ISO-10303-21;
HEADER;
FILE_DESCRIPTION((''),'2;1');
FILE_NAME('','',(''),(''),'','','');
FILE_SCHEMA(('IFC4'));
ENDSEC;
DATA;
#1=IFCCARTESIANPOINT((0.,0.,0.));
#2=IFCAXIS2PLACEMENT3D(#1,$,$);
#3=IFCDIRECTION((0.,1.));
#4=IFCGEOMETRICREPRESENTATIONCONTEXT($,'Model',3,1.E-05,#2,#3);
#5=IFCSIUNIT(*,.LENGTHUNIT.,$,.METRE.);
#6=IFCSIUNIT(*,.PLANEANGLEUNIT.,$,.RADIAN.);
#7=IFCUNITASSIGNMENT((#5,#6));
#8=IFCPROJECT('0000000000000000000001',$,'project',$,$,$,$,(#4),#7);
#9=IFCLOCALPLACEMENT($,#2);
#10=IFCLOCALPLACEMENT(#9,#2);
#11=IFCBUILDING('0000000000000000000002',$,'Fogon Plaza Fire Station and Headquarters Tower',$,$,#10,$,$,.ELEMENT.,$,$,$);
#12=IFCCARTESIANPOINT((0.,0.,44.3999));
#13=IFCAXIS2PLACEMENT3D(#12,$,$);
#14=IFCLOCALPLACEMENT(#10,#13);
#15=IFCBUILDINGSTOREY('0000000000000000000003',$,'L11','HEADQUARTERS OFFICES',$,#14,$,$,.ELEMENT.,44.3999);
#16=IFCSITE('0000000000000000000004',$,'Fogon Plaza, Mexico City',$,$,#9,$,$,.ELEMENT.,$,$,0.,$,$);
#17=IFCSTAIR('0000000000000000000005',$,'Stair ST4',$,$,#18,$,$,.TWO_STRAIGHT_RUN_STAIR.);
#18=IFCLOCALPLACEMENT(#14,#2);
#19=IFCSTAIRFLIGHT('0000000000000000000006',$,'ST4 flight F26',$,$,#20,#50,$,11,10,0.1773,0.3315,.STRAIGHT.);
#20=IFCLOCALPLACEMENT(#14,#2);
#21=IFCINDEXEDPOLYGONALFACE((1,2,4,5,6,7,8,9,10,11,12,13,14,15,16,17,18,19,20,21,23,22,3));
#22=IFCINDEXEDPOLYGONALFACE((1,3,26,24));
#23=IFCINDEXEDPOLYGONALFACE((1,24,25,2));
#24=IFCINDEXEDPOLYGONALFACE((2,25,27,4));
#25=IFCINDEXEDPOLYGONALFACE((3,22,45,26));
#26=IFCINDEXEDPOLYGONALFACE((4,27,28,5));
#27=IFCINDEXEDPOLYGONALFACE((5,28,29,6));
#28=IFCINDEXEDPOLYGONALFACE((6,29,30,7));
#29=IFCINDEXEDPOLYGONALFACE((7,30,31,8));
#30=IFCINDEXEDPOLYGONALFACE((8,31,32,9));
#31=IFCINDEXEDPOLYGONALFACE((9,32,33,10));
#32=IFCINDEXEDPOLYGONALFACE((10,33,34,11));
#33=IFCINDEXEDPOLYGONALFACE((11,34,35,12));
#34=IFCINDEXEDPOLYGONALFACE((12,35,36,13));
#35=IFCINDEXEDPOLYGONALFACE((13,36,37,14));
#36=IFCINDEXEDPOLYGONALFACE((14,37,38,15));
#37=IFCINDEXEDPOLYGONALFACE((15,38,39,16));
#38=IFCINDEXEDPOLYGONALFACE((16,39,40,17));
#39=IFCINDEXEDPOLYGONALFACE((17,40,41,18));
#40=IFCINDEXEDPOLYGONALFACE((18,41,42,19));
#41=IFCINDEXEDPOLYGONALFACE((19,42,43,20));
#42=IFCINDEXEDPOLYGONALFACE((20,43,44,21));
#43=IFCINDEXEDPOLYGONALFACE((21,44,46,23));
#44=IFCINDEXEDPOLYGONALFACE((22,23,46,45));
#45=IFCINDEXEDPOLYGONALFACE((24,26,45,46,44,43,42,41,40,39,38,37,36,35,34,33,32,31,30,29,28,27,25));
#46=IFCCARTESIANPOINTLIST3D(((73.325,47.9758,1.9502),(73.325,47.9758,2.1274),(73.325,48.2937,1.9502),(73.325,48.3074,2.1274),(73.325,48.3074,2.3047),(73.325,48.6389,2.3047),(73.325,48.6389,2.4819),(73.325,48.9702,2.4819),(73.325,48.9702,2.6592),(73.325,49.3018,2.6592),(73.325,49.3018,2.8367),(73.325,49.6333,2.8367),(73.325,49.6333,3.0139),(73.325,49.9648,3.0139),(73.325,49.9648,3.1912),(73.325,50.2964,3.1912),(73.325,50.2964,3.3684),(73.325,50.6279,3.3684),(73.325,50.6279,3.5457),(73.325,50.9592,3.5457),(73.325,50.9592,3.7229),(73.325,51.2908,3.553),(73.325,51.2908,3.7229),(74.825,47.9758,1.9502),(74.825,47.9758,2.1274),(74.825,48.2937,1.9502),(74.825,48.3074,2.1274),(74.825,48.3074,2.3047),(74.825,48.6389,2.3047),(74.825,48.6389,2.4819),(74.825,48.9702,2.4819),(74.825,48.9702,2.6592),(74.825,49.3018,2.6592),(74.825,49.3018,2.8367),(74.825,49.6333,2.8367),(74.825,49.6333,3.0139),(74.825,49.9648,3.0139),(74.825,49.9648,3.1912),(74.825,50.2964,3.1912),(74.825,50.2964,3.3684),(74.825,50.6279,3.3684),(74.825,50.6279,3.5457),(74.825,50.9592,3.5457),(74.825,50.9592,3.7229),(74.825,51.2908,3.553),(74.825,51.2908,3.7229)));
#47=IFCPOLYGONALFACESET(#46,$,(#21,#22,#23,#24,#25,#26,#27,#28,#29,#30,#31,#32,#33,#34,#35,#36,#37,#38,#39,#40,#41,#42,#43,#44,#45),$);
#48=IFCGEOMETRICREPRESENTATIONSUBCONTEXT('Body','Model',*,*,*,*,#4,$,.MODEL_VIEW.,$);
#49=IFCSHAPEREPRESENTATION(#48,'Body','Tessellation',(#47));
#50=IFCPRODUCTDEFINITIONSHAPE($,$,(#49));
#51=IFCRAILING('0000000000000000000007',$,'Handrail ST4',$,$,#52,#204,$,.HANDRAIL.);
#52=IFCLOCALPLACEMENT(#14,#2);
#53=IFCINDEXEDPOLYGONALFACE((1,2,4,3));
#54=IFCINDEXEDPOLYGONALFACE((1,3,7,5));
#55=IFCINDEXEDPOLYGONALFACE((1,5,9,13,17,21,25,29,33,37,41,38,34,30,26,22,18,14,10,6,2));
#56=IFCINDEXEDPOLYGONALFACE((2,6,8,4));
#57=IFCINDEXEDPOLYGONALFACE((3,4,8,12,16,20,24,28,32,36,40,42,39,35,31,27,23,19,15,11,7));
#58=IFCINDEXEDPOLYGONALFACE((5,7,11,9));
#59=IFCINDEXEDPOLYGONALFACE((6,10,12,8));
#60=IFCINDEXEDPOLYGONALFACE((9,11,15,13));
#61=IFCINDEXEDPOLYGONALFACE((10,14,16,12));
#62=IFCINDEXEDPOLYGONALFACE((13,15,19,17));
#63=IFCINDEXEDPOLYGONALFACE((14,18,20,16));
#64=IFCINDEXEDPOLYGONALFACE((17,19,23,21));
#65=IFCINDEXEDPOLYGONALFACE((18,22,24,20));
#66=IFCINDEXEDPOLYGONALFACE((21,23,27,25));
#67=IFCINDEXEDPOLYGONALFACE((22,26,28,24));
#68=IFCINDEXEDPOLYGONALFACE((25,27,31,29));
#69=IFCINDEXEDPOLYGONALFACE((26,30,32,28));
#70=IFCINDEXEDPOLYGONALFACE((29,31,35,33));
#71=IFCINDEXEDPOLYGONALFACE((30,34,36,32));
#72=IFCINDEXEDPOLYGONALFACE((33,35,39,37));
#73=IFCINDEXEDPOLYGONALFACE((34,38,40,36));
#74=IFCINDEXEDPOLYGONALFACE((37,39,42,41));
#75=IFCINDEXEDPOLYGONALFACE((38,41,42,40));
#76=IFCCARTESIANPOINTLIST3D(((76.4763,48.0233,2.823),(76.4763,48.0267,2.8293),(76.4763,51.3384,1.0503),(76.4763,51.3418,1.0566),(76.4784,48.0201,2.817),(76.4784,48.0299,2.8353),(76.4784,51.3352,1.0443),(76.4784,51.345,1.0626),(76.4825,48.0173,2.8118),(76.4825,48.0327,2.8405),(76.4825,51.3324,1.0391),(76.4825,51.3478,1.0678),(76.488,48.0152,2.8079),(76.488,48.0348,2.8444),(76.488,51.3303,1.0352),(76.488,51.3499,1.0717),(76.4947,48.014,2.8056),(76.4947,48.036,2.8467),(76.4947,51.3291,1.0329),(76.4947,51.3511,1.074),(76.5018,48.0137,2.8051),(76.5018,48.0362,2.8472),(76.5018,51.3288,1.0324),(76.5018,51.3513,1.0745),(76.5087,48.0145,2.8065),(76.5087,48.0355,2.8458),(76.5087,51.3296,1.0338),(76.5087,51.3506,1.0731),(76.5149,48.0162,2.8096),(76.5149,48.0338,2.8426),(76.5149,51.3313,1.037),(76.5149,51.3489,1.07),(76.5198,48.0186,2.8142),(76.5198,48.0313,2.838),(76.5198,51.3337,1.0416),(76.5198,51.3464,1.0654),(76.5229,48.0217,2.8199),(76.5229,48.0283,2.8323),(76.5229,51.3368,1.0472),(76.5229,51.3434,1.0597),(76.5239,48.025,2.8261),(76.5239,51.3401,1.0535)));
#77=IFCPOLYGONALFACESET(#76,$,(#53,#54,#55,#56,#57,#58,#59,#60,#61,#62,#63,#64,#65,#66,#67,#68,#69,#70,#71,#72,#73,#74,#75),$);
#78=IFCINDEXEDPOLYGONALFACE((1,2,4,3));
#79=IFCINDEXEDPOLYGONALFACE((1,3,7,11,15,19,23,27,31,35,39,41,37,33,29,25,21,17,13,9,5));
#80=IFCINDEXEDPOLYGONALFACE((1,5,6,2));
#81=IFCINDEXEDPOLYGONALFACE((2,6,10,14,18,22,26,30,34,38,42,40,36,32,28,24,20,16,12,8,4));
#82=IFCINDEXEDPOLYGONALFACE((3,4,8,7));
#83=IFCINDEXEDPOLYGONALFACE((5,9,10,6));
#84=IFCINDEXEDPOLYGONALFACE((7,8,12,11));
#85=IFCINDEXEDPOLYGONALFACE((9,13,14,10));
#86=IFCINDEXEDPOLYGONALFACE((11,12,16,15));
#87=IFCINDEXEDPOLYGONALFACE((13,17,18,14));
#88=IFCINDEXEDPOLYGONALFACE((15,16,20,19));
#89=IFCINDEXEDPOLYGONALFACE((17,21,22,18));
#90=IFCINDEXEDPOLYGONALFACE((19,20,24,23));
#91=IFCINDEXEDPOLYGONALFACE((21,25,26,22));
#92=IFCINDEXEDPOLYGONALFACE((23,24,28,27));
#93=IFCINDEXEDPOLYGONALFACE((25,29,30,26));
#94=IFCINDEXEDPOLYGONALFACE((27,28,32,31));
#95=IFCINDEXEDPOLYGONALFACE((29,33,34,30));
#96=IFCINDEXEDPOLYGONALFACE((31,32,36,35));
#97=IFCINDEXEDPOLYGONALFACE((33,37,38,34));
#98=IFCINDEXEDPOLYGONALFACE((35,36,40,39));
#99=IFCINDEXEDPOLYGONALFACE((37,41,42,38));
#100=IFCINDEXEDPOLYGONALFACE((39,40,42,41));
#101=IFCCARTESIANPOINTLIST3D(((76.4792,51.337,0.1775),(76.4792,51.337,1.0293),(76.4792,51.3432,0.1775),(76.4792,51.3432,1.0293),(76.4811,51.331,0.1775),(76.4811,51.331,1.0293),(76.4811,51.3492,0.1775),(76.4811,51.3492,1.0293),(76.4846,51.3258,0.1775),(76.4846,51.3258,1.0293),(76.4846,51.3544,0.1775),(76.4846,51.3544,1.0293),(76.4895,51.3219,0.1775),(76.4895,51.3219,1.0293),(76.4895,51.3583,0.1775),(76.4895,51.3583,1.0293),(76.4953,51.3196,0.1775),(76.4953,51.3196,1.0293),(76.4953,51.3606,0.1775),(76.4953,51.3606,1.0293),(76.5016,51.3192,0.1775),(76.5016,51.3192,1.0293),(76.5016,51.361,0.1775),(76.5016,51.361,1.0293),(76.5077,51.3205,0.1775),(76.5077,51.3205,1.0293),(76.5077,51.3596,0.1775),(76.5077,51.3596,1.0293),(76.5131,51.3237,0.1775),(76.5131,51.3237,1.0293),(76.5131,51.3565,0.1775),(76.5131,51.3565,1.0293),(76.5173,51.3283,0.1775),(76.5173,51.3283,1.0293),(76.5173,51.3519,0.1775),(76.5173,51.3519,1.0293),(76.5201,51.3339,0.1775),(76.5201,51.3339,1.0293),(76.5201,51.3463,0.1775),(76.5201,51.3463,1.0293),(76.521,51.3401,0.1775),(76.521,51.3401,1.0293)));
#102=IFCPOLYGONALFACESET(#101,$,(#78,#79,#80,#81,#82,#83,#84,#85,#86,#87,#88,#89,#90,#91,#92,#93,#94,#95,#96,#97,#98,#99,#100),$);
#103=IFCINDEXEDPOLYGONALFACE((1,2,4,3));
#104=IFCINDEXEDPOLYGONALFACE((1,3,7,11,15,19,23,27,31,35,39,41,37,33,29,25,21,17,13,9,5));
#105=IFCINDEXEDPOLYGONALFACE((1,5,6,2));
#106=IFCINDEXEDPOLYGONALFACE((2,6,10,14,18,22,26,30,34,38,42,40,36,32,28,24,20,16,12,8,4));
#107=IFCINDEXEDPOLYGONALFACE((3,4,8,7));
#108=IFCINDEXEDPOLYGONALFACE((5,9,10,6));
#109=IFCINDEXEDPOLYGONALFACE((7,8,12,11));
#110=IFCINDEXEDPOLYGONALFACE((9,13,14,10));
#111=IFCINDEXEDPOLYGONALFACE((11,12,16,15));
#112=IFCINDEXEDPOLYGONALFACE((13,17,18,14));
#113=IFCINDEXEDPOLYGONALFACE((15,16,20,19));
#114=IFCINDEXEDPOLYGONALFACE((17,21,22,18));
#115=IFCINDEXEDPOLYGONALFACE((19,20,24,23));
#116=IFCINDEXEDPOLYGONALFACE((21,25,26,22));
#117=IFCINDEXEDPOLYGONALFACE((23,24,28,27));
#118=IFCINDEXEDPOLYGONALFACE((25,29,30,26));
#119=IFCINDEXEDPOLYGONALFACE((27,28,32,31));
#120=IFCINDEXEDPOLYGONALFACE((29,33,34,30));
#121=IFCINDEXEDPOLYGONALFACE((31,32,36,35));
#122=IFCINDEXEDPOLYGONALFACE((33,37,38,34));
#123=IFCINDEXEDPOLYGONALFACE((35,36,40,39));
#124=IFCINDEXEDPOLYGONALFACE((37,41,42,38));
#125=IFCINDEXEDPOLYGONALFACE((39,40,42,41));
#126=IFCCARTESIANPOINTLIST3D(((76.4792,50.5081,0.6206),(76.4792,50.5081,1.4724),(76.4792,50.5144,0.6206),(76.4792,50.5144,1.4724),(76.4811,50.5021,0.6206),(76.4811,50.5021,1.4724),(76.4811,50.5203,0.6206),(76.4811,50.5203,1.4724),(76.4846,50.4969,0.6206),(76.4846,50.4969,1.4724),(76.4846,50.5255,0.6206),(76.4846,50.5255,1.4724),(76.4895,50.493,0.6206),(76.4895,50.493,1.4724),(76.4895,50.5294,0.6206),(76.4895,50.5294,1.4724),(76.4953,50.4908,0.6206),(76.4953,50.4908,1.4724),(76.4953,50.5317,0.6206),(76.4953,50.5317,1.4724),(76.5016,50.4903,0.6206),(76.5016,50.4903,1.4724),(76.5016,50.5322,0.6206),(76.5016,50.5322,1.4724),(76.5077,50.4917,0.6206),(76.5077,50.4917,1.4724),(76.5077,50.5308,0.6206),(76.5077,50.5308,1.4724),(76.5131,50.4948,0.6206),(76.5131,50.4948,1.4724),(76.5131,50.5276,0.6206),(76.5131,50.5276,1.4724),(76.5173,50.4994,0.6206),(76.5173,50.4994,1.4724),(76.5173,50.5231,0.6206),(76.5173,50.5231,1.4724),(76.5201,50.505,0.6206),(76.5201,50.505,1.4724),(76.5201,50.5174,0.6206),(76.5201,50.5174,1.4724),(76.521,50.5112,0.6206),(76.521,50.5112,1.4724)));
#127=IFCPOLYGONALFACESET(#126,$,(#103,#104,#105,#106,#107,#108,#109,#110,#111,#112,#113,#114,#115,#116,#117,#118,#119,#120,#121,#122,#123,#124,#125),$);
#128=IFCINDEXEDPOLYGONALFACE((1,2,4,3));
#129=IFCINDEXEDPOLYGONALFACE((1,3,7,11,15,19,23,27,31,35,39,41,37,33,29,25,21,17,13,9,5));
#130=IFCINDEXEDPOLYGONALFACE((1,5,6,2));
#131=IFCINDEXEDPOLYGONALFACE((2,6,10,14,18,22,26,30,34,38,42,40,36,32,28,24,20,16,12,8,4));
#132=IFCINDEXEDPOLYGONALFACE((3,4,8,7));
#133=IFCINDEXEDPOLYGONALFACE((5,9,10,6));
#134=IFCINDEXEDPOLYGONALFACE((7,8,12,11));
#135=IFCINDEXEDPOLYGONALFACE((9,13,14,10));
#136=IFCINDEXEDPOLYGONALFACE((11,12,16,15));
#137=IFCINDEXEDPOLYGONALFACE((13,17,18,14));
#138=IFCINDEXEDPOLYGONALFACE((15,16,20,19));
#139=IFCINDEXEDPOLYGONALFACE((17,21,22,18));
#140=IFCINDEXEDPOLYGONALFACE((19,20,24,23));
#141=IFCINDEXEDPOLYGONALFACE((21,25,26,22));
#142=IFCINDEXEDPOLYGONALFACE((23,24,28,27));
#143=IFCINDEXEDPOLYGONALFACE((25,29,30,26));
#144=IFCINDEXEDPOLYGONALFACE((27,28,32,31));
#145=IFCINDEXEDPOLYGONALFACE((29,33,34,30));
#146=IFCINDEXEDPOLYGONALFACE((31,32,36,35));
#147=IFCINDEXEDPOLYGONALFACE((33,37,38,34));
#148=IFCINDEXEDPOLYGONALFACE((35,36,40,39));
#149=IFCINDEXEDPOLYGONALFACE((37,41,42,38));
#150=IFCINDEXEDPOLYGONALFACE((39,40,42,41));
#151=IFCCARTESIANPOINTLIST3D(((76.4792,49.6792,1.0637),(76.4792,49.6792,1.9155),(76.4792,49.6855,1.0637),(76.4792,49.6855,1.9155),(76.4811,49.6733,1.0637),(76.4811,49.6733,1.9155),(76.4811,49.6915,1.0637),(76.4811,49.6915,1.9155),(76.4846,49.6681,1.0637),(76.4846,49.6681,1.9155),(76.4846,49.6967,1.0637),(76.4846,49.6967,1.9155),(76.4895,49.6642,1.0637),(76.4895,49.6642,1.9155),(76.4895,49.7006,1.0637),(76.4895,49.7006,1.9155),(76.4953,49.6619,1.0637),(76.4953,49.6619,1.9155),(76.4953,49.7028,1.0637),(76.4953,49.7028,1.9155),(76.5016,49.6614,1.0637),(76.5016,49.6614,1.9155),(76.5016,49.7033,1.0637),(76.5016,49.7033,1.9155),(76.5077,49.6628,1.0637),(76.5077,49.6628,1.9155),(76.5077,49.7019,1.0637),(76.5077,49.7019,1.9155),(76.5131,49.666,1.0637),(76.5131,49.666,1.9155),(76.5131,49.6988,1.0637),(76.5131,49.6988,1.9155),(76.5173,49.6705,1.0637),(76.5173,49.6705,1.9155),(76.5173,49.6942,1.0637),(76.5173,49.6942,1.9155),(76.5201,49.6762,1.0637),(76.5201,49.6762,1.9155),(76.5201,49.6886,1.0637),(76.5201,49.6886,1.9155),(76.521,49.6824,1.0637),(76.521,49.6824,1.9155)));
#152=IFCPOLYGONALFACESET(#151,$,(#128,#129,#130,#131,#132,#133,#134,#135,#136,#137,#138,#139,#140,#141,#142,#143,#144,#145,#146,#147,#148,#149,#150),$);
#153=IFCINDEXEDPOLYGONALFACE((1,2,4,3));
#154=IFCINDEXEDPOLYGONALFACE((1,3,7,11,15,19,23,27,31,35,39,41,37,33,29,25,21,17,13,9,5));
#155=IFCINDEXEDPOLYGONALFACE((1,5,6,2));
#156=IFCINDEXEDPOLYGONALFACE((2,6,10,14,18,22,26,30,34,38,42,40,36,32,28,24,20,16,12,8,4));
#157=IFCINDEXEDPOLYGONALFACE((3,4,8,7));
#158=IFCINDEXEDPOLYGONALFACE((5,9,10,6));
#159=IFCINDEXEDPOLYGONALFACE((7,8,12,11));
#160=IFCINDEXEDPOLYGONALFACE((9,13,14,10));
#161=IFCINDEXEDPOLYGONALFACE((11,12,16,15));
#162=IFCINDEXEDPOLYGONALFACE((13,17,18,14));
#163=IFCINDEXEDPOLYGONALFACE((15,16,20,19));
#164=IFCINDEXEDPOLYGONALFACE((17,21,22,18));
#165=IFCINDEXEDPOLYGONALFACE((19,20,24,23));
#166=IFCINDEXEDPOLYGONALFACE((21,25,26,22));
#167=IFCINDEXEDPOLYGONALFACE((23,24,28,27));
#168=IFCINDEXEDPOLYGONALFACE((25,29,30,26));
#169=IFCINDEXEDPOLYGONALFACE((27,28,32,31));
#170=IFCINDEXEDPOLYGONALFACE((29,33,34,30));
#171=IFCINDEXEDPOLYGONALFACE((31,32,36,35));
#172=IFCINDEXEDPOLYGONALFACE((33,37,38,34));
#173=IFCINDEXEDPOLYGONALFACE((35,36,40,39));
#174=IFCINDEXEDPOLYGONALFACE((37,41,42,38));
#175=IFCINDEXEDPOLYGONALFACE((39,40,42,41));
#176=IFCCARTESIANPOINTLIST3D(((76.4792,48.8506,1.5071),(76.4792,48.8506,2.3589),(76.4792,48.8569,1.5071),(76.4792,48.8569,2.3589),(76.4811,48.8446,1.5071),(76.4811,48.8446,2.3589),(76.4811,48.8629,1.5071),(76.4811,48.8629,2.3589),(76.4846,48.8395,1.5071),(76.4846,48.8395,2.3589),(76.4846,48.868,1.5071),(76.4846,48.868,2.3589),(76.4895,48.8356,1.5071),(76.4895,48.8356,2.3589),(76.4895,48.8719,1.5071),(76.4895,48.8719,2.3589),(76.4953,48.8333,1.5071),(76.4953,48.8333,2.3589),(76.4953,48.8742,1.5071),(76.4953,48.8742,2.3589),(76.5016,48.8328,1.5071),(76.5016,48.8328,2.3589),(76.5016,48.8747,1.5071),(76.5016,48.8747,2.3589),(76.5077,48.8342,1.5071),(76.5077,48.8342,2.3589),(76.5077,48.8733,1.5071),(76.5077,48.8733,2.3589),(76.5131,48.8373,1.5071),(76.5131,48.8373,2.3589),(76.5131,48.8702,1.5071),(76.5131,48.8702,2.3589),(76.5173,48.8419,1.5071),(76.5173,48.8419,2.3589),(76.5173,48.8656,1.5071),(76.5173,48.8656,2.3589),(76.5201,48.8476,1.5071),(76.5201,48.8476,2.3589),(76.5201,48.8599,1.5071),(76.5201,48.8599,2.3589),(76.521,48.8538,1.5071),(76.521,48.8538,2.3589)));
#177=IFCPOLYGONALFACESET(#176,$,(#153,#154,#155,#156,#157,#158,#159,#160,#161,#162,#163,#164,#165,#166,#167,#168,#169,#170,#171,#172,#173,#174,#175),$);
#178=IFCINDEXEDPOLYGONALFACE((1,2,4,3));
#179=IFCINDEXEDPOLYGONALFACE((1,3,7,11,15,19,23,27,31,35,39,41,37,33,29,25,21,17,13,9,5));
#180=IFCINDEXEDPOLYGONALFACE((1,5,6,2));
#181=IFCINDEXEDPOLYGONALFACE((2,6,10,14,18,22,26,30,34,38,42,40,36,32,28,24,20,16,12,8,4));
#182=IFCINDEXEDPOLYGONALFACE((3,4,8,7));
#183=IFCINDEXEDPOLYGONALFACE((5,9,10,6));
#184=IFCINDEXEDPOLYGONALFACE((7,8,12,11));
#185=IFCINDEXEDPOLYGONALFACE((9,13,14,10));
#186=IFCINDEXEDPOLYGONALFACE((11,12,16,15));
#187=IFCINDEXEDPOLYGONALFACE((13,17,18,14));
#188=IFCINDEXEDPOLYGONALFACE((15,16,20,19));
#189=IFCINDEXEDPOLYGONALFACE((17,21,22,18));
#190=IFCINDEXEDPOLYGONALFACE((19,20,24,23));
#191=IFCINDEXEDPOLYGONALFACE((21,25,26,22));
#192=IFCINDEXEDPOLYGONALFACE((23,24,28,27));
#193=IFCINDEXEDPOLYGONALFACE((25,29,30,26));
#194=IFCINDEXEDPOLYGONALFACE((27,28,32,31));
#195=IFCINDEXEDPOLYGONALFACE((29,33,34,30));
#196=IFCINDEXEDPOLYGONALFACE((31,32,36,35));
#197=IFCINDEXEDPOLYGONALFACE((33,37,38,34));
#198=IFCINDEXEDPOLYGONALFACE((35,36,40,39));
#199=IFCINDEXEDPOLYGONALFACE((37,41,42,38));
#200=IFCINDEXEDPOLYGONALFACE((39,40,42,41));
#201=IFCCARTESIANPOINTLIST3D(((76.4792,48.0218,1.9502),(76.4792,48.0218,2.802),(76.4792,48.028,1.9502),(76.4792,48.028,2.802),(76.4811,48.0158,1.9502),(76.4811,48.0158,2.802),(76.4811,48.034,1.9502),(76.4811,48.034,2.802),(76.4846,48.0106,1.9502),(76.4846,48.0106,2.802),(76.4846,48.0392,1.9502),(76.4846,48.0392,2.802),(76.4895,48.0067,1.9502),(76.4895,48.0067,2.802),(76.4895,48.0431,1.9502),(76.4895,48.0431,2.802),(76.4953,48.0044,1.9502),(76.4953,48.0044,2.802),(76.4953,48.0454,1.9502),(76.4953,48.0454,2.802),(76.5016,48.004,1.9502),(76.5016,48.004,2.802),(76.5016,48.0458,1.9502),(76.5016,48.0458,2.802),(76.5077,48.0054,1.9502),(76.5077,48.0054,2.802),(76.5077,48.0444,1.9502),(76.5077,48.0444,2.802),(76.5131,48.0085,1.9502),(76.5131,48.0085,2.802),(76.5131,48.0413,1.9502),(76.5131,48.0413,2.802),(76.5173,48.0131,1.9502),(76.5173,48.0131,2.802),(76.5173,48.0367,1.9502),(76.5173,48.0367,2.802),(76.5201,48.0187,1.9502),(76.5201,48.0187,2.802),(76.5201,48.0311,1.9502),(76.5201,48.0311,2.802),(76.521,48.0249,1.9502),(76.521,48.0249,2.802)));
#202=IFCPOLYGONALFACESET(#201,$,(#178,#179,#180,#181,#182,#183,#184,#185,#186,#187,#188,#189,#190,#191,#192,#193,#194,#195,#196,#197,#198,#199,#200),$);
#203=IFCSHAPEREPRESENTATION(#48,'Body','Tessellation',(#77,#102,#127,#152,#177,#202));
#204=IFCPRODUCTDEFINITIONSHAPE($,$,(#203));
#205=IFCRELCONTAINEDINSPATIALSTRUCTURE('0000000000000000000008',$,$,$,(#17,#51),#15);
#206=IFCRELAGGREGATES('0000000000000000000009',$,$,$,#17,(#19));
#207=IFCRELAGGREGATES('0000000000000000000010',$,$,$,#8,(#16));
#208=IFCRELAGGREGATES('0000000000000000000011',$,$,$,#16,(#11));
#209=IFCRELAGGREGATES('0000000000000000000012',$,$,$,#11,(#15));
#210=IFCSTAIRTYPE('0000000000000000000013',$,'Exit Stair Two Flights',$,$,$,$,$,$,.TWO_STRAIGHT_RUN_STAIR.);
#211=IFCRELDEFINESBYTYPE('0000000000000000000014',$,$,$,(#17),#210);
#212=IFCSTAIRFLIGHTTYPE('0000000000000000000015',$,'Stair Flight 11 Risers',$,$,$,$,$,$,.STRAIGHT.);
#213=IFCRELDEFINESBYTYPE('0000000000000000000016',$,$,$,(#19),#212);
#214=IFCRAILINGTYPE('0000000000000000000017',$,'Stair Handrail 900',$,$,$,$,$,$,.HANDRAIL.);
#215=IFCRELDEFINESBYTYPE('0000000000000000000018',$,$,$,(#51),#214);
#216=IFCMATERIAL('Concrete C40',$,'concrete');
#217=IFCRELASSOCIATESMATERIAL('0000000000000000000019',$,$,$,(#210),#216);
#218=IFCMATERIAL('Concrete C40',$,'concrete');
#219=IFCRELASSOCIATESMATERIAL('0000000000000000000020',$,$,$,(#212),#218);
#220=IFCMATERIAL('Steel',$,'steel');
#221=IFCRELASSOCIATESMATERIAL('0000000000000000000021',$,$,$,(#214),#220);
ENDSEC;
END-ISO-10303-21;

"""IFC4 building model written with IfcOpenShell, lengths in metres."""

from ifc_helpers import new_model, si_unit, direction, frame, origin, origin_2d, place, context, subcontext, project, spatial, polyline, circle, outline, extrude, material, type_object, element, aggregate, save


model = new_model("IFC4")

# Units and contexts
model_context = context("Model", 3, precision=1e-05, world=origin(), true_north=direction((0.0, 1.0)))
body_context = subcontext(model_context, "Body", "Model", "MODEL_VIEW")
ifc_project = project(units=[si_unit("LENGTHUNIT", "METRE"), si_unit("PLANEANGLEUNIT", "RADIAN")], contexts=[model_context])

# Site, building, storey
site_placement = place(None, origin())
site = spatial("IfcSite", under=ifc_project, at=site_placement, Name="Fogon Plaza, Mexico City", CompositionType="ELEMENT", RefElevation=0.0)
building_placement = place(site_placement, origin())
building = spatial("IfcBuilding", under=site, at=building_placement, Name="Fogon Plaza Fire Station and Headquarters Tower", CompositionType="ELEMENT")
storey_placement = place(building_placement, frame((0.0, 0.0, 44.3999)))
storey = spatial("IfcBuildingStorey", under=building, at=storey_placement, Name="L11", Description="HEADQUARTERS OFFICES", CompositionType="ELEMENT", Elevation=44.3999)

# Stair, stair flight
ifc_material_1 = material(Name="Concrete C40", Category="concrete")
stair_type = type_object("IfcStairType", Name="Exit Stair Two Flights", PredefinedType="TWO_STRAIGHT_RUN_STAIR", material=ifc_material_1)
stair_placement = place(storey_placement, origin())
stair = element("IfcStair", 1, at=stair_placement, inside=storey, type_object=stair_type, Name="Stair ST4", PredefinedType="TWO_STRAIGHT_RUN_STAIR")
ifc_material_2 = material(Name="Concrete C40", Category="concrete")
stair_flight_type = type_object("IfcStairFlightType", Name="Stair Flight 11 Risers", PredefinedType="STRAIGHT", material=ifc_material_2)
stair_flight_1_placement = place(storey_placement, frame((74.075, 47.9758, 1.9502), z_axis=(0.0, 0.0, 1.0), x_axis=(0.0, 1.0, 0.0)))
stair_flight_1 = element("IfcStairFlight", 2, at=stair_flight_1_placement, type_object=stair_flight_type, Name="ST4 flight F26", NumberOfRisers=11, NumberOfTreads=10, PredefinedType="STRAIGHT", RiserHeight=0.1773, TreadLength=0.3315, context=body_context, shape_type="SweptSolid", body=[
    extrude(outline(polyline([(0.0, 0.0), (0.0, 0.1772), (0.3315, 0.1772), (0.3315, 0.3545), (0.6631, 0.3545), (0.6631, 0.5317), (0.9944, 0.5317), (0.9944, 0.709), (1.3259, 0.709), (1.3259, 0.8865), (1.6575, 0.8865), (1.6575, 1.0637), (1.989, 1.0637), (1.989, 1.241), (2.3206, 1.241), (2.3206, 1.4182), (2.6521, 1.4182), (2.6521, 1.5955), (2.9834, 1.5955), (2.9834, 1.7727), (3.3149, 1.7727), (3.3149, 1.95), (3.3149, 1.6028), (0.3179, 0.0), (0.0, 0.0)])), frame((0.0, 0.75, 0.0), z_axis=(0.0, -1.0, 0.0), x_axis=(1.0, 0.0, 0.0)), (0.0, 0.0, 1.0), 1.5),
])
aggregate(stair, [stair_flight_1])

# Railing
ifc_material_3 = material(Name="Steel", Category="steel")
railing_type = type_object("IfcRailingType", Name="Stair Handrail 900", PredefinedType="HANDRAIL", material=ifc_material_3)
for number, where, name in (
    (3, (76.5, 51.3401, 0.1775), "Handrail ST4"),
):
    element("IfcRailing", number, at=place(storey_placement, frame(where)), inside=storey, type_object=railing_type, Name=name, PredefinedType="HANDRAIL", context=body_context, shape_type="SweptSolid", body=[
        extrude(circle(Radius=0.0239, at=origin_2d()), frame((0.0, 0.0, 0.876), z_axis=(0.0, -0.881844, 0.471542), x_axis=(1.0, 0.0, 0.0)), (0.0, 0.0, 1.0), 3.7593),
        extrude(circle(Radius=0.021, at=origin_2d()), origin(), (0.0, 0.0, 1.0), 0.8518),
        extrude(circle(Radius=0.021, at=origin_2d()), frame((0.0, -0.8289, 0.4431)), (0.0, 0.0, 1.0), 0.8518),
        extrude(circle(Radius=0.021, at=origin_2d()), frame((0.0, -1.6577, 0.8862)), (0.0, 0.0, 1.0), 0.8518),
        extrude(circle(Radius=0.021, at=origin_2d()), frame((0.0, -2.4863, 1.3296)), (0.0, 0.0, 1.0), 0.8518),
        extrude(circle(Radius=0.021, at=origin_2d()), frame((0.0, -3.3152, 1.7727)), (0.0, 0.0, 1.0), 0.8518),
    ])

save(model, "model.ifc")
